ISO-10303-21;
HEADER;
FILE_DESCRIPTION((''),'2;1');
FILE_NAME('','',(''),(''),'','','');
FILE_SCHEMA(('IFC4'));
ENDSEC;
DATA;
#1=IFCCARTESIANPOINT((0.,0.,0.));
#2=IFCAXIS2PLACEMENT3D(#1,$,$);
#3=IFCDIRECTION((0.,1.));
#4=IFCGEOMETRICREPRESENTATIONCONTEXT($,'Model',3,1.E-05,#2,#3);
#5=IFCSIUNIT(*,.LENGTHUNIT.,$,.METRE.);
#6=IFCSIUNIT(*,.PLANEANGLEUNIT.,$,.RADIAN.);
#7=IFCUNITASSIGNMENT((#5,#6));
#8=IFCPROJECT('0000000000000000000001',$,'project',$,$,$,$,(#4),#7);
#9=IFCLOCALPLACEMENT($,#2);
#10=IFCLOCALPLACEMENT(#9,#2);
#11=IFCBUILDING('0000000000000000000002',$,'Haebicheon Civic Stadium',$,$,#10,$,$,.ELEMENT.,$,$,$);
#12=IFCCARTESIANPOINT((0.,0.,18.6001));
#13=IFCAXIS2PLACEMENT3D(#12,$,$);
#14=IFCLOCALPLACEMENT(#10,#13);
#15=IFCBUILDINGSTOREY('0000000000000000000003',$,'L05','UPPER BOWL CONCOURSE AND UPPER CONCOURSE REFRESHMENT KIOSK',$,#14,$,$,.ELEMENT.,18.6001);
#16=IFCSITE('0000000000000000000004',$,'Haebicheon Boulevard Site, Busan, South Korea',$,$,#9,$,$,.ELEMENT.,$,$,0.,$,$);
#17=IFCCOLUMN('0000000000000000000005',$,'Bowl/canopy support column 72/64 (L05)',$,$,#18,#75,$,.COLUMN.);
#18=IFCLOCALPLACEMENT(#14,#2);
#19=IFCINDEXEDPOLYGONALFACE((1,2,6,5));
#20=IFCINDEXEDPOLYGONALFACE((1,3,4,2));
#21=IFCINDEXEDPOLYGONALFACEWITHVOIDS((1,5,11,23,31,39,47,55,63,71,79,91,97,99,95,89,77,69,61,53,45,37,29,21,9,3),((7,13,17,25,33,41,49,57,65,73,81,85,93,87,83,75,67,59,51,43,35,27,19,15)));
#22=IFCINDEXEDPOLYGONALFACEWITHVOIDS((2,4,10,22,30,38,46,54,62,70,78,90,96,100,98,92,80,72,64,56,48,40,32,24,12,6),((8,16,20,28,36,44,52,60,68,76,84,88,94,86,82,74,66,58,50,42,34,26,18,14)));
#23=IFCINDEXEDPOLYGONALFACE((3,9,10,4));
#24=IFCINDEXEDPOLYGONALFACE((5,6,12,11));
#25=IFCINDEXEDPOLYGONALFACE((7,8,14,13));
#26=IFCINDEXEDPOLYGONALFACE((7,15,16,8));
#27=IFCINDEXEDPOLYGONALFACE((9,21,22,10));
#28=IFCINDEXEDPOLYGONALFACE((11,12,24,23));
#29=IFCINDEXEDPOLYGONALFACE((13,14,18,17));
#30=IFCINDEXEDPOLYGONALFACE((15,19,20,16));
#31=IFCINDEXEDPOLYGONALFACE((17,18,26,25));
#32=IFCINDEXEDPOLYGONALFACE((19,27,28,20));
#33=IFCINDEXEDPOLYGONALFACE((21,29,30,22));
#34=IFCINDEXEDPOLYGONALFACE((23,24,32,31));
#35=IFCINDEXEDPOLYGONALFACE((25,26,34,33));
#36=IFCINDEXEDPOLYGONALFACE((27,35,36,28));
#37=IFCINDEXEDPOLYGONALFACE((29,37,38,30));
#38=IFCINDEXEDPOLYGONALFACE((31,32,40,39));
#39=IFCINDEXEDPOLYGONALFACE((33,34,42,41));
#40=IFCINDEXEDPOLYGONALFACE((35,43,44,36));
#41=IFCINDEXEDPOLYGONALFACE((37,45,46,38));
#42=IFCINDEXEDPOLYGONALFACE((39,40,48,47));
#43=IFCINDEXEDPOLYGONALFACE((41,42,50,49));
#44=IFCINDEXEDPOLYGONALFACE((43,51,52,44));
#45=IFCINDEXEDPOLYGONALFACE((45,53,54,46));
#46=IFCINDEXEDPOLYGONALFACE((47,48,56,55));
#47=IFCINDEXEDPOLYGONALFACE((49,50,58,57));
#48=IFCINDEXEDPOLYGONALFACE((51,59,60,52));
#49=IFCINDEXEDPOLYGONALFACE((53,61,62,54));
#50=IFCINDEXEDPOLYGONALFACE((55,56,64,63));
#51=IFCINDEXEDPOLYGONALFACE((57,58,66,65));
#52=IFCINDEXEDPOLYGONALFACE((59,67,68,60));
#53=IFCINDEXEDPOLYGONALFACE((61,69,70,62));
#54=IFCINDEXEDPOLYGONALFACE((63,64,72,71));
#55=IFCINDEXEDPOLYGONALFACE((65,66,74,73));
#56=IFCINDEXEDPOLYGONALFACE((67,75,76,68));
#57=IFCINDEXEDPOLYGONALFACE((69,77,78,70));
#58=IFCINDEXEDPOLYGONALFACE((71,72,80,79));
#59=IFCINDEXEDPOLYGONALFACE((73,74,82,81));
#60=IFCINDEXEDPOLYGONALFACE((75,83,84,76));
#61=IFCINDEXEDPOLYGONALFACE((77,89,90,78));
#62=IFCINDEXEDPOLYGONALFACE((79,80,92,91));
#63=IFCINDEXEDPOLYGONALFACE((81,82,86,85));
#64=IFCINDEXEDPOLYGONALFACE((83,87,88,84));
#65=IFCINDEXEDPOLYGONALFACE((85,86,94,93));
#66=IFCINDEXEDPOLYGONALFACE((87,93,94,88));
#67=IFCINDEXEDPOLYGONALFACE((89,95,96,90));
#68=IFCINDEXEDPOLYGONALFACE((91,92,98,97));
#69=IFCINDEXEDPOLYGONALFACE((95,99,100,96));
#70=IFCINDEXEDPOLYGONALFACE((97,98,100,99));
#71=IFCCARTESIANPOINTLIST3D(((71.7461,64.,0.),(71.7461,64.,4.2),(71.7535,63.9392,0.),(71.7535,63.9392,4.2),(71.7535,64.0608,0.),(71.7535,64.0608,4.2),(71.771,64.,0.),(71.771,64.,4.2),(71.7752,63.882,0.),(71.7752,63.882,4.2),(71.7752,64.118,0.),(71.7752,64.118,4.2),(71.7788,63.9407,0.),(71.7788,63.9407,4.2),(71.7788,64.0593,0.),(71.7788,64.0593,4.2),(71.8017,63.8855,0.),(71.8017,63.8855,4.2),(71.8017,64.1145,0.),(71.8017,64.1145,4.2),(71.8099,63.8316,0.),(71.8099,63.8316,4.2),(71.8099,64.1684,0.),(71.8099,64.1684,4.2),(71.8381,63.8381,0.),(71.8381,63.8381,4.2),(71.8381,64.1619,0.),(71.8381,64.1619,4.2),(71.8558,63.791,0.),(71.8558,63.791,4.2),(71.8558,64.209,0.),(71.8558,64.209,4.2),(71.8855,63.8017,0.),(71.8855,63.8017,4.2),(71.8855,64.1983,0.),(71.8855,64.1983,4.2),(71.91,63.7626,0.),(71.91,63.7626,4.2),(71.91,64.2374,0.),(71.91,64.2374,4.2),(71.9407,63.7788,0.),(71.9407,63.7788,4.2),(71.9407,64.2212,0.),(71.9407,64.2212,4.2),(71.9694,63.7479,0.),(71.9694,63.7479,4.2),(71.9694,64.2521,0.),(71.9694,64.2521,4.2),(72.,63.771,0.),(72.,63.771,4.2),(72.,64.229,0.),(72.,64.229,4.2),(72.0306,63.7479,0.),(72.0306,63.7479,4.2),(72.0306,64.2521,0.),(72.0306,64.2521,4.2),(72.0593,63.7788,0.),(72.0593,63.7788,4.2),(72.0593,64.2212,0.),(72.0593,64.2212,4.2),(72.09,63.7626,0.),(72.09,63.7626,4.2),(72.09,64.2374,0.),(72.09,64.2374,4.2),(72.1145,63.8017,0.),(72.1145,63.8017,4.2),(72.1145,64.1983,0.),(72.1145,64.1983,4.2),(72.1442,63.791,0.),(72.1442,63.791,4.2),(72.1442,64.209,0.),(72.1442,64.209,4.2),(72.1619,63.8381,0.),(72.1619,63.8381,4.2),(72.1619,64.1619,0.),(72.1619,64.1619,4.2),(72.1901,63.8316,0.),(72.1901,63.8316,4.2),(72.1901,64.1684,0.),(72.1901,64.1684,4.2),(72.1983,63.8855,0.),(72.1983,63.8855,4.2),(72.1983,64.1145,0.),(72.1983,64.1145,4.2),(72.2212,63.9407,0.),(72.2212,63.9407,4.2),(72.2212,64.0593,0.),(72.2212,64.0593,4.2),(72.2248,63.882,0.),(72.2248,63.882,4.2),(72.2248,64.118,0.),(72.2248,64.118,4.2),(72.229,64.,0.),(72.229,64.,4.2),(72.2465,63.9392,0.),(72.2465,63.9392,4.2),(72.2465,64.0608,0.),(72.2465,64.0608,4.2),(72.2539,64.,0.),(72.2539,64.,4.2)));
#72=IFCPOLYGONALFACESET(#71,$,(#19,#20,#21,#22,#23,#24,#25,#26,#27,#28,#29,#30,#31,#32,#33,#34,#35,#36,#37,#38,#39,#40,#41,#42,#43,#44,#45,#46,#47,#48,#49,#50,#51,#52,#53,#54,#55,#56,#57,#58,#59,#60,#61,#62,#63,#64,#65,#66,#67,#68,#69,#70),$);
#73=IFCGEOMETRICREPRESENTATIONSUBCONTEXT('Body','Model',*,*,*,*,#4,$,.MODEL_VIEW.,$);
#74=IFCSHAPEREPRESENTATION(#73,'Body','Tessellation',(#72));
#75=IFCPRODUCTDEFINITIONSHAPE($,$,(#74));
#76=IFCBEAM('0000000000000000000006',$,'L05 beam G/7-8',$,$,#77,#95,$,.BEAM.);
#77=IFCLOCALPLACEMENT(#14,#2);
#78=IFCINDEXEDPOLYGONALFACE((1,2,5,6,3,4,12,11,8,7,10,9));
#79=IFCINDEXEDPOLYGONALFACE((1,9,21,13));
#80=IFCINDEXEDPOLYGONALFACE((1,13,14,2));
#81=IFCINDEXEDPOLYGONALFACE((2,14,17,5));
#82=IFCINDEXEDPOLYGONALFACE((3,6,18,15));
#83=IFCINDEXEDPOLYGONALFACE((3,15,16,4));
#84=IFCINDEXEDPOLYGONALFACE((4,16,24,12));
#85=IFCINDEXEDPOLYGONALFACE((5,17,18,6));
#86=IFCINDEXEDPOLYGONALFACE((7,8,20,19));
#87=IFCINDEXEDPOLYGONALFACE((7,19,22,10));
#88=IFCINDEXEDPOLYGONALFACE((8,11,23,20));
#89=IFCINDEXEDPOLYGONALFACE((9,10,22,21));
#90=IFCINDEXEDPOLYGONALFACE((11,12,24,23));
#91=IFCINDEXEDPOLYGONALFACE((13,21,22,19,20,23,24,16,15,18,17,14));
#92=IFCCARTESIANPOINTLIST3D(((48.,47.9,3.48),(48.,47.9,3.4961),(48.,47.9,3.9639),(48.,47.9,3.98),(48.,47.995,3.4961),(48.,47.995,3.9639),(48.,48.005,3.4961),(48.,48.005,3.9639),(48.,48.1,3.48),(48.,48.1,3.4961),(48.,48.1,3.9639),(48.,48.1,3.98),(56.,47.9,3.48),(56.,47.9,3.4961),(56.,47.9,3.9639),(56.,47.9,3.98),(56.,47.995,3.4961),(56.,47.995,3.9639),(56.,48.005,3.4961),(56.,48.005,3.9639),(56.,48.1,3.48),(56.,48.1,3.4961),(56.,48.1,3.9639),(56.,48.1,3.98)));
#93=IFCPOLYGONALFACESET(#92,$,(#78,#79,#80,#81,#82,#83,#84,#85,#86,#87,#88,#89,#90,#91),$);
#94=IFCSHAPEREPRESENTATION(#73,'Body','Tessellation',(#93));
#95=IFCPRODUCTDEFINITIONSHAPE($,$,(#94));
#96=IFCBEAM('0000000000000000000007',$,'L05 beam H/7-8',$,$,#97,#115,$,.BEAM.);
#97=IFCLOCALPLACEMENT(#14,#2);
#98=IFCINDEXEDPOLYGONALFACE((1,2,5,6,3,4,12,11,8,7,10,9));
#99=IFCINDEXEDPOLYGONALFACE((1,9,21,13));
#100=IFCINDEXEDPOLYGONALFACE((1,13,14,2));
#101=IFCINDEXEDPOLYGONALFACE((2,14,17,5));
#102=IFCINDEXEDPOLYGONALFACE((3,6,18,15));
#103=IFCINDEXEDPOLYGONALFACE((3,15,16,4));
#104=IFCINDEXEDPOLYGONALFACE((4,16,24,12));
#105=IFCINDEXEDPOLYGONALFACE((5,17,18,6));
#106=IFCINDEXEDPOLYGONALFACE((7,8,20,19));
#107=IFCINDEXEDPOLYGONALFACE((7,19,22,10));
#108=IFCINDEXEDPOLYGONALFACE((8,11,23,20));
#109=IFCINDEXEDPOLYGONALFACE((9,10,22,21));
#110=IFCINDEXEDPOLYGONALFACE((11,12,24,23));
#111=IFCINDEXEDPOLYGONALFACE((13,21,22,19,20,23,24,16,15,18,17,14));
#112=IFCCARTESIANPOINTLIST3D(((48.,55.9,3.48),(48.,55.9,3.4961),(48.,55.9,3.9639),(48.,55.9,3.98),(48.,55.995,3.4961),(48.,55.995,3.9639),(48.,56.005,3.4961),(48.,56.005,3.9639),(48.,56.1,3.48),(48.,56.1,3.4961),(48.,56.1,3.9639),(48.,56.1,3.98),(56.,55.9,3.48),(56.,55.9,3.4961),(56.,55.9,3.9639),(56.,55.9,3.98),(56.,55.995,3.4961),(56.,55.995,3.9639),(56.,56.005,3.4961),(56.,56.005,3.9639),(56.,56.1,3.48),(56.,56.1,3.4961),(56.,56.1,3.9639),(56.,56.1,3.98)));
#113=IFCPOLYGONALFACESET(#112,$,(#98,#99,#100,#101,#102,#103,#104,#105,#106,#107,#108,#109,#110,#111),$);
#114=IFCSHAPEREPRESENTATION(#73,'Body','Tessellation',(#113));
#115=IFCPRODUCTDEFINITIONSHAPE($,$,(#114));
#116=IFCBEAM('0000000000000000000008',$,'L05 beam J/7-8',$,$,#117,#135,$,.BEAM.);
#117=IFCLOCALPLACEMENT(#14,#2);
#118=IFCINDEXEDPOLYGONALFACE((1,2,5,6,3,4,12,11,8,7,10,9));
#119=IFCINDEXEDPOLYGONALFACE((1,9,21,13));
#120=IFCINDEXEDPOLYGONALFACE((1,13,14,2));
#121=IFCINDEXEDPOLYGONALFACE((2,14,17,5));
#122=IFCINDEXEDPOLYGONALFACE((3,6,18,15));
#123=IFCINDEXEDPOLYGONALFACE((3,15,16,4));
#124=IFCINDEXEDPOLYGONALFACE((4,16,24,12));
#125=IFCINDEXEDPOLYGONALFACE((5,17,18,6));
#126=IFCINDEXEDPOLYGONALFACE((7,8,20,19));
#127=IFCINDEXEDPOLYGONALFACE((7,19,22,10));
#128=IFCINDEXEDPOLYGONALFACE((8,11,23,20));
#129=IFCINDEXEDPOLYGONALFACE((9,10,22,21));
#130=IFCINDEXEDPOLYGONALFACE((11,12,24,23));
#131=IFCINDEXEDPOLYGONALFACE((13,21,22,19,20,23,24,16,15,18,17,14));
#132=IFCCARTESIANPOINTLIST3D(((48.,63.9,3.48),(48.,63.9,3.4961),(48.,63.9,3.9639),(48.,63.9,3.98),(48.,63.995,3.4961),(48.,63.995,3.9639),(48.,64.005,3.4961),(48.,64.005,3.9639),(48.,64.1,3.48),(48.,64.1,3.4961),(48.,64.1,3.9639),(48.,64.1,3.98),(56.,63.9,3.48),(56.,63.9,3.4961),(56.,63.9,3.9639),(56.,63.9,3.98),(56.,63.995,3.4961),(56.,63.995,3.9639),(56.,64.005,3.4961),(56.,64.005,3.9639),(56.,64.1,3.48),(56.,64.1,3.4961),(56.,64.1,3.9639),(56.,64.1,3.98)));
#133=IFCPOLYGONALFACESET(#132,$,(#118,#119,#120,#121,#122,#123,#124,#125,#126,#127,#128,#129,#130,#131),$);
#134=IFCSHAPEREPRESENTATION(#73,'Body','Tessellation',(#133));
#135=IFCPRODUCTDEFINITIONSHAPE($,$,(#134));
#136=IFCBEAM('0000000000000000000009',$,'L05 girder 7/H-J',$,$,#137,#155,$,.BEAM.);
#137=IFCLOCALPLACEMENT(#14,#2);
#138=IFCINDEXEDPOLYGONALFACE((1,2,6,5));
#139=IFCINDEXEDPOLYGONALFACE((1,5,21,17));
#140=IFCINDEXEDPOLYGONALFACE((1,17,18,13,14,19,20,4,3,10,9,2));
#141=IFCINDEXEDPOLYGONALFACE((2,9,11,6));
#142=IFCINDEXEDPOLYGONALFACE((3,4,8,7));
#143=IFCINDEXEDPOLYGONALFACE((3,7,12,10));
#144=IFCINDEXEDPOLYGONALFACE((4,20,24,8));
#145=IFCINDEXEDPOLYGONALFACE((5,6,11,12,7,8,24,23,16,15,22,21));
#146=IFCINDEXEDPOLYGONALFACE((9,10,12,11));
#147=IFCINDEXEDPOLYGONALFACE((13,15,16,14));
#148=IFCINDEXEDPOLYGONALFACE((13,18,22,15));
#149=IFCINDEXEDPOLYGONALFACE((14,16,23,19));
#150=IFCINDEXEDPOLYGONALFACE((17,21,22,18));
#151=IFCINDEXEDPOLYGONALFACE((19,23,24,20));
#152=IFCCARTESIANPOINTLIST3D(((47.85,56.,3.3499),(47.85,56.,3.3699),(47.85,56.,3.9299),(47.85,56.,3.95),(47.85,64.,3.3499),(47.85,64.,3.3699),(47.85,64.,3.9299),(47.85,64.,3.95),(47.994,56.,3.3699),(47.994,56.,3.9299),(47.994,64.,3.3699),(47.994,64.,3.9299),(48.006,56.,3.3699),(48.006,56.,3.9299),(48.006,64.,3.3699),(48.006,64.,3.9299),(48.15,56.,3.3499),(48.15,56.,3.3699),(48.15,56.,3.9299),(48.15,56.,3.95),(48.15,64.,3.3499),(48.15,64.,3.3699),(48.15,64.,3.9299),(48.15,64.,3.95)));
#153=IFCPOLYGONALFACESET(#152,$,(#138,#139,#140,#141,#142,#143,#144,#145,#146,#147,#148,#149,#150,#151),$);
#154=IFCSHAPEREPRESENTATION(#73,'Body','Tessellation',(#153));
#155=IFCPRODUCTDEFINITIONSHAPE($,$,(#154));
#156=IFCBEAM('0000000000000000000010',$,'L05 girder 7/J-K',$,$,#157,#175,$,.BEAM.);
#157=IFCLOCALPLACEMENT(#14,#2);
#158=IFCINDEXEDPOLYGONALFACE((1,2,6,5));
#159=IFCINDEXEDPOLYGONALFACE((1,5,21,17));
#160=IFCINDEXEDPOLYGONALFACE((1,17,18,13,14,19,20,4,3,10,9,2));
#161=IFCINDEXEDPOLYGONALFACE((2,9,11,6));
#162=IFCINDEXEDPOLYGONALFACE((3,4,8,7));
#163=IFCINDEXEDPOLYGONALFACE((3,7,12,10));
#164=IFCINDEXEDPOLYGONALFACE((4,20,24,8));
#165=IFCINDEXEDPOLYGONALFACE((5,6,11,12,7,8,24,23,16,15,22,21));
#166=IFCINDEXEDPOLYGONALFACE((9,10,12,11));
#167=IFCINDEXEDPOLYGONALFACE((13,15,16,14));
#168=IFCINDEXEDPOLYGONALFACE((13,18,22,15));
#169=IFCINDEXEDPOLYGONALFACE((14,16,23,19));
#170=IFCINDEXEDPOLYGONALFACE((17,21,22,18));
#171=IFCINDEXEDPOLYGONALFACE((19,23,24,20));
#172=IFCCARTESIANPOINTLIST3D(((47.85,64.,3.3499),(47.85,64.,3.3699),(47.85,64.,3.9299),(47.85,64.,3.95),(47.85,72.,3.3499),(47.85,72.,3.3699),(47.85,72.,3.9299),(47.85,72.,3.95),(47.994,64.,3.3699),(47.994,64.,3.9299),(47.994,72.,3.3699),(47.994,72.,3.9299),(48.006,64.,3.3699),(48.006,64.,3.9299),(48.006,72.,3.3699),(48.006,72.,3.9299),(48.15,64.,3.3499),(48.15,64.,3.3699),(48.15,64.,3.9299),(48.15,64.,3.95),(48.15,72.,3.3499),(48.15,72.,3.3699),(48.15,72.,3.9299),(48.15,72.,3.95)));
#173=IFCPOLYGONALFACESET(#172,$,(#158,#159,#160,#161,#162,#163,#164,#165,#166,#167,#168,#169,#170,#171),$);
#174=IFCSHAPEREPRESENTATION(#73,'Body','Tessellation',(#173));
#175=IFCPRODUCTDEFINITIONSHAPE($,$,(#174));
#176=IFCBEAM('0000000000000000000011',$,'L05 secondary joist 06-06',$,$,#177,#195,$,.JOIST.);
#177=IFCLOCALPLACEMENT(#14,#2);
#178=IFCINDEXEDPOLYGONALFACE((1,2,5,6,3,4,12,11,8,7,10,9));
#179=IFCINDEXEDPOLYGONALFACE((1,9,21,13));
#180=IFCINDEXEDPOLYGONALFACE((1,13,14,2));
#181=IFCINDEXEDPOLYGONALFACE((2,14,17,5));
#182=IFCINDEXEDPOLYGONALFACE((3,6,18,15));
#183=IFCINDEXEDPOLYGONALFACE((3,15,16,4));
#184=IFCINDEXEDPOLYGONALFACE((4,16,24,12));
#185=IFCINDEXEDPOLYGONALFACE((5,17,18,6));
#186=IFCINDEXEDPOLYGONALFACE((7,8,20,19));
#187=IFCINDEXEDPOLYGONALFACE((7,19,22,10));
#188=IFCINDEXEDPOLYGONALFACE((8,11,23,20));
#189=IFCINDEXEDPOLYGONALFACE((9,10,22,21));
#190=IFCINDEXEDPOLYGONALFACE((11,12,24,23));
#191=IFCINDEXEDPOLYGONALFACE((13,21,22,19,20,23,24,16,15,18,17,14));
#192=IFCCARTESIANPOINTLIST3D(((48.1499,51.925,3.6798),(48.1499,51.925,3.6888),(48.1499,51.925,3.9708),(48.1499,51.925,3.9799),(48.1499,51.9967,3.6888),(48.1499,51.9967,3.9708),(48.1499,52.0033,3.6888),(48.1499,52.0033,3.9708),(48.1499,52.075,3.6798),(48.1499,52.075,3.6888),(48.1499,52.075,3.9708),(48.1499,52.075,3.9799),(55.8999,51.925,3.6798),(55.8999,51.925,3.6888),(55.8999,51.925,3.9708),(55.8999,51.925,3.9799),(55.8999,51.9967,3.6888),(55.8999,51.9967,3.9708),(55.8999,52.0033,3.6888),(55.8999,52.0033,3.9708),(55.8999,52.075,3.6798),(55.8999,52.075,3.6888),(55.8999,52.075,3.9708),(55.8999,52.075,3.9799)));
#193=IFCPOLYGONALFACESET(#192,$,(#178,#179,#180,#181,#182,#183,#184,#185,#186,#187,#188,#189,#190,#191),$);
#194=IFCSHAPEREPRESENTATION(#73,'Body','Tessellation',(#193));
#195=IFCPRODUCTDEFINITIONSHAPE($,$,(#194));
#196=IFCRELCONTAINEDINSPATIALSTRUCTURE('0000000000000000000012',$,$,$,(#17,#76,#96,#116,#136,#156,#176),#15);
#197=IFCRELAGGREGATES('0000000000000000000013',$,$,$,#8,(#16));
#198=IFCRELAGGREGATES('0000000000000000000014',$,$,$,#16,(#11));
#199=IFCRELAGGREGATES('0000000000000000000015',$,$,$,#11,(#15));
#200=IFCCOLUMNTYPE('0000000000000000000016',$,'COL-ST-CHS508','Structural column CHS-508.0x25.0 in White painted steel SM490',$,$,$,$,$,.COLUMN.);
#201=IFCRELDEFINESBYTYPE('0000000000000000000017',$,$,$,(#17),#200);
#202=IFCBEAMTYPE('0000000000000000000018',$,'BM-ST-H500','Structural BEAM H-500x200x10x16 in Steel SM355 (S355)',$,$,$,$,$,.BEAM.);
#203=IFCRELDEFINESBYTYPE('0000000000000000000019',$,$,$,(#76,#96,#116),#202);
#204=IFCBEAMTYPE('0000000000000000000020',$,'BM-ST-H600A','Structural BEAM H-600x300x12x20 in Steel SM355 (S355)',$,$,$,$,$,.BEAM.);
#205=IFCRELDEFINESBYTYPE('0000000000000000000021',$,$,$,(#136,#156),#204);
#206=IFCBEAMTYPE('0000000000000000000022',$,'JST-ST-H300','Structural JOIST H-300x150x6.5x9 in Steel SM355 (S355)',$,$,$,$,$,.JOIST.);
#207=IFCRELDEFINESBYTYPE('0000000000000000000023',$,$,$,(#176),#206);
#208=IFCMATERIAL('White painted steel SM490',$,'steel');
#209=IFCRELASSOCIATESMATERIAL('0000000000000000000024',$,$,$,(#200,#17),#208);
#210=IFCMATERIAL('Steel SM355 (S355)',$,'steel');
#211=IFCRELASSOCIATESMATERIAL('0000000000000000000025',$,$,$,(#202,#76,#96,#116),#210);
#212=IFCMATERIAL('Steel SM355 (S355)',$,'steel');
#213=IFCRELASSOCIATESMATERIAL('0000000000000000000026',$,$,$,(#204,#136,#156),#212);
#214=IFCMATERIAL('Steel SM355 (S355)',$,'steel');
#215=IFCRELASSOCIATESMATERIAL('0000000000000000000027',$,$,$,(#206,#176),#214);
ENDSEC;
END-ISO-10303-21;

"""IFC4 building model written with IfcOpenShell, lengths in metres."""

from ifc_helpers import new_model, si_unit, direction, frame, origin, origin_2d, place, context, subcontext, project, spatial, hollow_circle, i_section, extrude, material, material_profile, profile_set, type_object, element, save


model = new_model("IFC4")

# Units and contexts
model_context = context("Model", 3, precision=1e-05, world=origin(), true_north=direction((0.0, 1.0)))
body_context = subcontext(model_context, "Body", "Model", "MODEL_VIEW")
ifc_project = project(units=[si_unit("LENGTHUNIT", "METRE"), si_unit("PLANEANGLEUNIT", "RADIAN")], contexts=[model_context])

# Site, building, storey
site_placement = place(None, origin())
site = spatial("IfcSite", under=ifc_project, at=site_placement, Name="Haebicheon Boulevard Site, Busan, South Korea", CompositionType="ELEMENT", RefElevation=0.0)
building_placement = place(site_placement, origin())
building = spatial("IfcBuilding", under=site, at=building_placement, Name="Haebicheon Civic Stadium", CompositionType="ELEMENT")
storey_placement = place(building_placement, frame((0.0, 0.0, 18.6001)))
storey = spatial("IfcBuildingStorey", under=building, at=storey_placement, Name="L05", Description="UPPER BOWL CONCOURSE AND UPPER CONCOURSE REFRESHMENT KIOSK", CompositionType="ELEMENT", Elevation=18.6001)

# Column
ifc_material_1 = material(Name="White painted steel SM490", Category="steel")
ifc_material_profile_1 = material_profile(ifc_material_1, hollow_circle(Radius=0.2539, WallThickness=0.0249, at=origin_2d()), Name="CHS-508.0x25.0")
ifc_profile_set_1 = profile_set([ifc_material_profile_1], Name="White painted steel SM490")
column_type_1 = type_object("IfcColumnType", Name="COL-ST-CHS508", Description="Structural column CHS-508.0x25.0 in White painted steel SM490", PredefinedType="COLUMN", material=ifc_profile_set_1)
for number, where, z_axis, x_axis, name in (
    (1, (72.0, 64.0, 0.0), (0.0, 0.0, 1.0), (1.0, 0.0, 0.0), "Bowl/canopy support column 72/64 (L05)"),
):
    element("IfcColumn", number, at=place(storey_placement, frame(where, z_axis=z_axis, x_axis=x_axis)), inside=storey, type_object=column_type_1, material=ifc_profile_set_1, Name=name, PredefinedType="COLUMN", context=body_context, shape_type="SweptSolid", body=[
        extrude(hollow_circle(Radius=0.2539, WallThickness=0.0249, at=origin_2d()), origin(), (0.0, 0.0, 1.0), 4.2),
    ])

# Beams
ifc_material_2 = material(Name="Steel SM355 (S355)", Category="steel")
ifc_material_profile_2 = material_profile(ifc_material_2, i_section(OverallWidth=0.2, OverallDepth=0.5, WebThickness=0.01, FlangeThickness=0.0161, at=origin_2d()), Name="H-500x200x10x16")
ifc_profile_set_2 = profile_set([ifc_material_profile_2], Name="Steel SM355 (S355)")
beam_type_1 = type_object("IfcBeamType", Name="BM-ST-H500", Description="Structural BEAM H-500x200x10x16 in Steel SM355 (S355)", PredefinedType="BEAM", material=ifc_profile_set_2)
for number, where, z_axis, x_axis, name in (
    (2, (48.0, 48.0, 3.73), (1.0, 0.0, 0.0), (0.0, 1.0, 0.0), "L05 beam G/7-8"),
    (3, (48.0, 56.0, 3.73), (1.0, 0.0, 0.0), (0.0, 1.0, 0.0), "L05 beam H/7-8"),
    (4, (48.0, 64.0, 3.73), (1.0, 0.0, 0.0), (0.0, 1.0, 0.0), "L05 beam J/7-8"),
):
    element("IfcBeam", number, at=place(storey_placement, frame(where, z_axis=z_axis, x_axis=x_axis)), inside=storey, type_object=beam_type_1, material=ifc_profile_set_2, Name=name, PredefinedType="BEAM", context=body_context, shape_type="SweptSolid", body=[
        extrude(i_section(OverallWidth=0.2, OverallDepth=0.5, WebThickness=0.01, FlangeThickness=0.0161, at=origin_2d()), origin(), (0.0, 0.0, 1.0), 8.0),
    ])
ifc_material_3 = material(Name="Steel SM355 (S355)", Category="steel")
ifc_material_profile_3 = material_profile(ifc_material_3, i_section(OverallWidth=0.3, OverallDepth=0.6001, WebThickness=0.012, FlangeThickness=0.02, at=origin_2d()), Name="H-600x300x12x20")
ifc_profile_set_3 = profile_set([ifc_material_profile_3], Name="Steel SM355 (S355)")
beam_type_2 = type_object("IfcBeamType", Name="BM-ST-H600A", Description="Structural BEAM H-600x300x12x20 in Steel SM355 (S355)", PredefinedType="BEAM", material=ifc_profile_set_3)
for number, where, z_axis, x_axis, name in (
    (5, (48.0, 56.0, 3.6499), (0.0, 1.0, 0.0), (-1.0, 0.0, 0.0), "L05 girder 7/H-J"),
    (6, (48.0, 64.0, 3.6499), (0.0, 1.0, 0.0), (-1.0, 0.0, 0.0), "L05 girder 7/J-K"),
):
    element("IfcBeam", number, at=place(storey_placement, frame(where, z_axis=z_axis, x_axis=x_axis)), inside=storey, type_object=beam_type_2, material=ifc_profile_set_3, Name=name, PredefinedType="BEAM", context=body_context, shape_type="SweptSolid", body=[
        extrude(i_section(OverallWidth=0.3, OverallDepth=0.6001, WebThickness=0.012, FlangeThickness=0.02, at=origin_2d()), origin(), (0.0, 0.0, 1.0), 8.0),
    ])
ifc_material_4 = material(Name="Steel SM355 (S355)", Category="steel")
ifc_material_profile_4 = material_profile(ifc_material_4, i_section(OverallWidth=0.1499, OverallDepth=0.3, WebThickness=0.0066, FlangeThickness=0.009, at=origin_2d()), Name="H-300x150x6.5x9")
ifc_profile_set_4 = profile_set([ifc_material_profile_4], Name="Steel SM355 (S355)")
beam_type_3 = type_object("IfcBeamType", Name="JST-ST-H300", Description="Structural JOIST H-300x150x6.5x9 in Steel SM355 (S355)", PredefinedType="JOIST", material=ifc_profile_set_4)
for number, where, z_axis, x_axis, name in (
    (7, (48.1499, 52.0, 3.8298), (1.0, 0.0, 0.0), (0.0, 1.0, 0.0), "L05 secondary joist 06-06"),
):
    element("IfcBeam", number, at=place(storey_placement, frame(where, z_axis=z_axis, x_axis=x_axis)), inside=storey, type_object=beam_type_3, material=ifc_profile_set_4, Name=name, PredefinedType="JOIST", context=body_context, shape_type="SweptSolid", body=[
        extrude(i_section(OverallWidth=0.1499, OverallDepth=0.3, WebThickness=0.0066, FlangeThickness=0.009, at=origin_2d()), origin(), (0.0, 0.0, 1.0), 7.75),
    ])

save(model, "model.ifc")
